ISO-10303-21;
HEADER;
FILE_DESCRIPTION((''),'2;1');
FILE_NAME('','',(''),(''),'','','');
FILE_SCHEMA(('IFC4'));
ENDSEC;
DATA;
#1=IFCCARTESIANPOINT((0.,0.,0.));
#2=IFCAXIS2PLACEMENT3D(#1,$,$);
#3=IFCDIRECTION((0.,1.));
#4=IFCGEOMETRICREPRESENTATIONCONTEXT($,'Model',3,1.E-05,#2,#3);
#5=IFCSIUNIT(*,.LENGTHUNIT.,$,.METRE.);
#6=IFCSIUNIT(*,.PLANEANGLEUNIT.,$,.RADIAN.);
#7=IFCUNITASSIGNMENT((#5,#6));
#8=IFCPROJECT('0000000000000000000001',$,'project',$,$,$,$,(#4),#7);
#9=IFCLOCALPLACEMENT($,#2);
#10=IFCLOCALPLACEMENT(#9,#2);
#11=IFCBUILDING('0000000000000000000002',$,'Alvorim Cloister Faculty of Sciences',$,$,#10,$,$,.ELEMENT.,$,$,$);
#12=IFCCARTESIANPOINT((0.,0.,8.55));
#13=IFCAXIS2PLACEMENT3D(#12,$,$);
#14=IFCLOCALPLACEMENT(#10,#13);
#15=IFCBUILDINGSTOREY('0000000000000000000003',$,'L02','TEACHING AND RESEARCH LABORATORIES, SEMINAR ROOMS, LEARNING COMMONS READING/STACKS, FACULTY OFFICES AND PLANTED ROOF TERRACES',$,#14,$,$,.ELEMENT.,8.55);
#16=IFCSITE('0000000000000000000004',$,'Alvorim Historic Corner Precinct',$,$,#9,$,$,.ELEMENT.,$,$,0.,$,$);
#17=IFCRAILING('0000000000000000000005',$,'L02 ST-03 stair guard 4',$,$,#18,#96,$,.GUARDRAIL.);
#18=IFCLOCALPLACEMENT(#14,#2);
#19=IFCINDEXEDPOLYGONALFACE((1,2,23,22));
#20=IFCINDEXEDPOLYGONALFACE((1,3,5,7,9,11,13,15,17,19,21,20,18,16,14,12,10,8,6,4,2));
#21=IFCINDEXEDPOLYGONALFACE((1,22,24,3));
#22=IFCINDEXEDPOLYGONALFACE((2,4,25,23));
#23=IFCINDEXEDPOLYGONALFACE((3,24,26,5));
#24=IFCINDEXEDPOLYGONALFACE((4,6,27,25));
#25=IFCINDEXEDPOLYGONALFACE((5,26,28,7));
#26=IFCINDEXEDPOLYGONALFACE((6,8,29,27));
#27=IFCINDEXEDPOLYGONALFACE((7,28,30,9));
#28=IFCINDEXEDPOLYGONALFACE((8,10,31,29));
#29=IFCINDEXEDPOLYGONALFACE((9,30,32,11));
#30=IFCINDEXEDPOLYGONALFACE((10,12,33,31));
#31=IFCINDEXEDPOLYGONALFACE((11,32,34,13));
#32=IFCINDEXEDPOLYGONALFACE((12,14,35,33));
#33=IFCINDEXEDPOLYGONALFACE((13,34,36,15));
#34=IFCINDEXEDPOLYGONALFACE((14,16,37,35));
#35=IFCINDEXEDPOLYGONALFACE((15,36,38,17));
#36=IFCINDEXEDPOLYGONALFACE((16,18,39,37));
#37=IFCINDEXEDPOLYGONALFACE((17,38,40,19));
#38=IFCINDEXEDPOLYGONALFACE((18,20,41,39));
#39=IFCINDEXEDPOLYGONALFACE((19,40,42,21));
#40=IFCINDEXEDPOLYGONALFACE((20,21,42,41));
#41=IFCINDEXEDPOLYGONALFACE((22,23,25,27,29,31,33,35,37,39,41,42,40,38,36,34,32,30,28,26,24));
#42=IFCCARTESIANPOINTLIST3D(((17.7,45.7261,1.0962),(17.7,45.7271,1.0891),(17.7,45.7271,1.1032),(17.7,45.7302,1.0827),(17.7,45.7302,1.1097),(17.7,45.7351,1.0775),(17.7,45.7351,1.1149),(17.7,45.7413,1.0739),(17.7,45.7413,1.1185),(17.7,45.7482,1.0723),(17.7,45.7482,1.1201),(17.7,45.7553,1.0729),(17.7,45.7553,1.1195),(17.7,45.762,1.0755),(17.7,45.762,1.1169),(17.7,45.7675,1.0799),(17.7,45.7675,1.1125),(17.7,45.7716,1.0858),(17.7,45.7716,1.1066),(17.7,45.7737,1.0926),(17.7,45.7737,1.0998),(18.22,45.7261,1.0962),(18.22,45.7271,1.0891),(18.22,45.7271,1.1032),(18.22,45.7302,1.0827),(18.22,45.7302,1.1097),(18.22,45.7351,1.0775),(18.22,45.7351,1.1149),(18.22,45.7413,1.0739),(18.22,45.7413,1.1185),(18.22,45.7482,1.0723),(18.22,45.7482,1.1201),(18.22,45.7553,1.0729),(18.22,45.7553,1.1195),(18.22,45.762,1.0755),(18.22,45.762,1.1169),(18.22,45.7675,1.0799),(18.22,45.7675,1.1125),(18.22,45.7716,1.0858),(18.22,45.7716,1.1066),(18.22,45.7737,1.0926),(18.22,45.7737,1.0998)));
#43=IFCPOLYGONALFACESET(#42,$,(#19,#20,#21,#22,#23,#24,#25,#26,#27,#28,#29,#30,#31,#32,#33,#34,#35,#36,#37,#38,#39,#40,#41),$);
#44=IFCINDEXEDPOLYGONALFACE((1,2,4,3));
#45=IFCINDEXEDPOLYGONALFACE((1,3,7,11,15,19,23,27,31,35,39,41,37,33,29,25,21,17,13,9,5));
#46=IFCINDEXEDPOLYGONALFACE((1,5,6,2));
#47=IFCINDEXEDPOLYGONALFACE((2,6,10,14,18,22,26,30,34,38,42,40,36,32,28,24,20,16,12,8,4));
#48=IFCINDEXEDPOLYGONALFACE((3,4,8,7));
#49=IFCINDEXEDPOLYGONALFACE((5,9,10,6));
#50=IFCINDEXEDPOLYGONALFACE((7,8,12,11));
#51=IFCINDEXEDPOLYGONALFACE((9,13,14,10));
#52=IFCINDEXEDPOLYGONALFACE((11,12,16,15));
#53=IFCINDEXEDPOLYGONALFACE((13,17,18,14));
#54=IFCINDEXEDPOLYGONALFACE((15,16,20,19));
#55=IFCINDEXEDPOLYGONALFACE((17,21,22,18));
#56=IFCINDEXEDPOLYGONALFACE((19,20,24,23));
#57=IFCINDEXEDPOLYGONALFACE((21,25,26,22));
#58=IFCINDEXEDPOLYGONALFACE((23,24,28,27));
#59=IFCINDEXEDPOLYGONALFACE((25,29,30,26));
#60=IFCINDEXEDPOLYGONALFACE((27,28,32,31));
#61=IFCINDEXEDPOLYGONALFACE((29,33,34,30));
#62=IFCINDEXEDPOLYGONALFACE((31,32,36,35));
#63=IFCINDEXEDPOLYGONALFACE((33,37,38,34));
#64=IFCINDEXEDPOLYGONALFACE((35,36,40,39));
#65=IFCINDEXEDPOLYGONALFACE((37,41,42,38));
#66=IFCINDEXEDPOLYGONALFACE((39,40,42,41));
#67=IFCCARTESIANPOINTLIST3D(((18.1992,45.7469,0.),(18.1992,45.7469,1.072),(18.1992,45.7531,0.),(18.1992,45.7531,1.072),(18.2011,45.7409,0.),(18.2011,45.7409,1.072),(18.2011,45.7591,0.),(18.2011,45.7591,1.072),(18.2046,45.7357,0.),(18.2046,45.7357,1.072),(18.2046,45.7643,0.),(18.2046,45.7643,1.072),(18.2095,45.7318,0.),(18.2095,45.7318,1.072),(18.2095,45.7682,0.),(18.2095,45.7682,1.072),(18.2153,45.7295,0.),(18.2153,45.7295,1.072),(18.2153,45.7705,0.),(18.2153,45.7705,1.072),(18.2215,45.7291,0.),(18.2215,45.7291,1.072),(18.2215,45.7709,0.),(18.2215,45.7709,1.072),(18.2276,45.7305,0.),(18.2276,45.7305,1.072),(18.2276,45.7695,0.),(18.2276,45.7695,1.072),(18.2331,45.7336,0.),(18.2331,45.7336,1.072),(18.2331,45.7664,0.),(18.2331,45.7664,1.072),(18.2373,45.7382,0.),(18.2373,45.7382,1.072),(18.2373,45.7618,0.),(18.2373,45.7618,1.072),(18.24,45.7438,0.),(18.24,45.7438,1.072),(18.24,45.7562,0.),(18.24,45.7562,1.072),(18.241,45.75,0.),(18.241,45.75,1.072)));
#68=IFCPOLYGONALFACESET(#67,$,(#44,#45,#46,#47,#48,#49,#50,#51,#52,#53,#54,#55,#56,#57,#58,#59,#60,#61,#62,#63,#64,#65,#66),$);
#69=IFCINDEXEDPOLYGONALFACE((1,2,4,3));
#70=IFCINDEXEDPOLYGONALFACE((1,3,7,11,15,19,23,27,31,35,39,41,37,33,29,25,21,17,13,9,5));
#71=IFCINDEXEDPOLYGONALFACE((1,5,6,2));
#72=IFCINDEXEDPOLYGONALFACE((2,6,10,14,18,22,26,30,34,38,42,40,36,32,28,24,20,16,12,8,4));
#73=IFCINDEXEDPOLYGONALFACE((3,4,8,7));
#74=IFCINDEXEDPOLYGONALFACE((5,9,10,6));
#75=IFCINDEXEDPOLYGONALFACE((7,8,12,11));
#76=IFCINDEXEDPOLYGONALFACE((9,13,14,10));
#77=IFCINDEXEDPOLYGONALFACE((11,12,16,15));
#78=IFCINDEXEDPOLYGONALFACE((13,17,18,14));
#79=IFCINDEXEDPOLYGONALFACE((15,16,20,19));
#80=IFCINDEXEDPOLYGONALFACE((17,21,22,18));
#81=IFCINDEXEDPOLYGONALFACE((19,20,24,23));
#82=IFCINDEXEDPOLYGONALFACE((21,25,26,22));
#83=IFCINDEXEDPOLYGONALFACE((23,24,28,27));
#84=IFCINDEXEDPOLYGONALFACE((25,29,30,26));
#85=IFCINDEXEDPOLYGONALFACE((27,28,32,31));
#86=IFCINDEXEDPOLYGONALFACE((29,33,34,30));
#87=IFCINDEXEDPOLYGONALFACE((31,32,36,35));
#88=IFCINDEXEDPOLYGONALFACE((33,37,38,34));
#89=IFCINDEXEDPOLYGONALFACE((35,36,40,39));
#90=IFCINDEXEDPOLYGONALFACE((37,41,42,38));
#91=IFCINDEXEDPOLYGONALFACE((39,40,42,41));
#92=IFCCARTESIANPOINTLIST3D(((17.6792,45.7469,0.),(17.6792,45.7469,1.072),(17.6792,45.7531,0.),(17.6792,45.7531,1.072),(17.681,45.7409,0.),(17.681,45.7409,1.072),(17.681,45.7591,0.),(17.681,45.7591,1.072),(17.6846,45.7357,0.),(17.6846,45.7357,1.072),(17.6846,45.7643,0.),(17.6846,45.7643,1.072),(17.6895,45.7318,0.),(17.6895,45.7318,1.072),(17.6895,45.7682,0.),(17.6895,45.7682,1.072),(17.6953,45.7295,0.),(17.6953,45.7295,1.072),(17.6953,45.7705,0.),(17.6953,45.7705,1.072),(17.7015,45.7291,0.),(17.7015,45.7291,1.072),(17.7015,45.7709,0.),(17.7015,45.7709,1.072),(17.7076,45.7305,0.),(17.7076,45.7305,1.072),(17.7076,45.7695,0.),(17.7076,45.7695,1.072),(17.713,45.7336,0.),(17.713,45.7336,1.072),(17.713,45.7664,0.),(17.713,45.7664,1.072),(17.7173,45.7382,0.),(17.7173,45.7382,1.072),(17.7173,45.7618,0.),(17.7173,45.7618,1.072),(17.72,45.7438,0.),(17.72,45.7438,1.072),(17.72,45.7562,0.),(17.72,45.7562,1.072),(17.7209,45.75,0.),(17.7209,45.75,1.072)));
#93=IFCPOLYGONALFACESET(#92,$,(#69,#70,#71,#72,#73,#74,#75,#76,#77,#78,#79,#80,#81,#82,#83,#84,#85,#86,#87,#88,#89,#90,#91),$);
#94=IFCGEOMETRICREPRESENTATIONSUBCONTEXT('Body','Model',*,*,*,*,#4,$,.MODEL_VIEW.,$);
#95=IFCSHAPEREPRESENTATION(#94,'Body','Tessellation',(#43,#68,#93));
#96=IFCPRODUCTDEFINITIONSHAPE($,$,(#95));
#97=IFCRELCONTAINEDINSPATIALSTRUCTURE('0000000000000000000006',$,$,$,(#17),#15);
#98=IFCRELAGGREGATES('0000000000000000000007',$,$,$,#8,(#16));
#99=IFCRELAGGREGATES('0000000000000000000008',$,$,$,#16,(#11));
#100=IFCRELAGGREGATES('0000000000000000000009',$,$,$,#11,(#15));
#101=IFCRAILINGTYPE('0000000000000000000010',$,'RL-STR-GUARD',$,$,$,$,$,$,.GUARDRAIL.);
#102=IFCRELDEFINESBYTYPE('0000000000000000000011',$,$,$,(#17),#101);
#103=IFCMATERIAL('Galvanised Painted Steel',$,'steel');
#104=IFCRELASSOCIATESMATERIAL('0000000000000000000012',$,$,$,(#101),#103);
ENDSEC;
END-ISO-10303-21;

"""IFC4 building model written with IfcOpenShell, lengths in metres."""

from ifc_helpers import new_model, si_unit, direction, frame, origin, origin_2d, place, context, subcontext, project, spatial, circle, extrude, material, type_object, element, save


model = new_model("IFC4")

# Units and contexts
model_context = context("Model", 3, precision=1e-05, world=origin(), true_north=direction((0.0, 1.0)))
body_context = subcontext(model_context, "Body", "Model", "MODEL_VIEW")
ifc_project = project(units=[si_unit("LENGTHUNIT", "METRE"), si_unit("PLANEANGLEUNIT", "RADIAN")], contexts=[model_context])

# Site, building, storey
site_placement = place(None, origin())
site = spatial("IfcSite", under=ifc_project, at=site_placement, Name="Alvorim Historic Corner Precinct", CompositionType="ELEMENT", RefElevation=0.0)
building_placement = place(site_placement, origin())
building = spatial("IfcBuilding", under=site, at=building_placement, Name="Alvorim Cloister Faculty of Sciences", CompositionType="ELEMENT")
storey_placement = place(building_placement, frame((0.0, 0.0, 8.55)))
storey = spatial("IfcBuildingStorey", under=building, at=storey_placement, Name="L02", Description="TEACHING AND RESEARCH LABORATORIES, SEMINAR ROOMS, LEARNING COMMONS READING/STACKS, FACULTY OFFICES AND PLANTED ROOF TERRACES", CompositionType="ELEMENT", Elevation=8.55)

# Railing
ifc_material_1 = material(Name="Galvanised Painted Steel", Category="steel")
railing_type_1 = type_object("IfcRailingType", Name="RL-STR-GUARD", PredefinedType="GUARDRAIL", material=ifc_material_1)
railing_1_placement = place(storey_placement, frame((18.22, 45.75, 0.0)))
element("IfcRailing", 1, at=railing_1_placement, inside=storey, type_object=railing_type_1, Name="L02 ST-03 stair guard 4", PredefinedType="GUARDRAIL", context=body_context, shape_type="SweptSolid", body=[
    extrude(circle(Radius=0.0239, at=origin_2d()), frame((0.0, 0.0, 1.0962), z_axis=(-1.0, 0.0, 0.0), x_axis=(0.0, -1.0, 0.0)), (0.0, 0.0, 1.0), 0.52),
    extrude(circle(Radius=0.021, at=origin_2d()), origin(), (0.0, 0.0, 1.0), 1.072),
    extrude(circle(Radius=0.021, at=origin_2d()), frame((-0.52, 0.0, 0.0)), (0.0, 0.0, 1.0), 1.072),
])

save(model, "model.ifc")
